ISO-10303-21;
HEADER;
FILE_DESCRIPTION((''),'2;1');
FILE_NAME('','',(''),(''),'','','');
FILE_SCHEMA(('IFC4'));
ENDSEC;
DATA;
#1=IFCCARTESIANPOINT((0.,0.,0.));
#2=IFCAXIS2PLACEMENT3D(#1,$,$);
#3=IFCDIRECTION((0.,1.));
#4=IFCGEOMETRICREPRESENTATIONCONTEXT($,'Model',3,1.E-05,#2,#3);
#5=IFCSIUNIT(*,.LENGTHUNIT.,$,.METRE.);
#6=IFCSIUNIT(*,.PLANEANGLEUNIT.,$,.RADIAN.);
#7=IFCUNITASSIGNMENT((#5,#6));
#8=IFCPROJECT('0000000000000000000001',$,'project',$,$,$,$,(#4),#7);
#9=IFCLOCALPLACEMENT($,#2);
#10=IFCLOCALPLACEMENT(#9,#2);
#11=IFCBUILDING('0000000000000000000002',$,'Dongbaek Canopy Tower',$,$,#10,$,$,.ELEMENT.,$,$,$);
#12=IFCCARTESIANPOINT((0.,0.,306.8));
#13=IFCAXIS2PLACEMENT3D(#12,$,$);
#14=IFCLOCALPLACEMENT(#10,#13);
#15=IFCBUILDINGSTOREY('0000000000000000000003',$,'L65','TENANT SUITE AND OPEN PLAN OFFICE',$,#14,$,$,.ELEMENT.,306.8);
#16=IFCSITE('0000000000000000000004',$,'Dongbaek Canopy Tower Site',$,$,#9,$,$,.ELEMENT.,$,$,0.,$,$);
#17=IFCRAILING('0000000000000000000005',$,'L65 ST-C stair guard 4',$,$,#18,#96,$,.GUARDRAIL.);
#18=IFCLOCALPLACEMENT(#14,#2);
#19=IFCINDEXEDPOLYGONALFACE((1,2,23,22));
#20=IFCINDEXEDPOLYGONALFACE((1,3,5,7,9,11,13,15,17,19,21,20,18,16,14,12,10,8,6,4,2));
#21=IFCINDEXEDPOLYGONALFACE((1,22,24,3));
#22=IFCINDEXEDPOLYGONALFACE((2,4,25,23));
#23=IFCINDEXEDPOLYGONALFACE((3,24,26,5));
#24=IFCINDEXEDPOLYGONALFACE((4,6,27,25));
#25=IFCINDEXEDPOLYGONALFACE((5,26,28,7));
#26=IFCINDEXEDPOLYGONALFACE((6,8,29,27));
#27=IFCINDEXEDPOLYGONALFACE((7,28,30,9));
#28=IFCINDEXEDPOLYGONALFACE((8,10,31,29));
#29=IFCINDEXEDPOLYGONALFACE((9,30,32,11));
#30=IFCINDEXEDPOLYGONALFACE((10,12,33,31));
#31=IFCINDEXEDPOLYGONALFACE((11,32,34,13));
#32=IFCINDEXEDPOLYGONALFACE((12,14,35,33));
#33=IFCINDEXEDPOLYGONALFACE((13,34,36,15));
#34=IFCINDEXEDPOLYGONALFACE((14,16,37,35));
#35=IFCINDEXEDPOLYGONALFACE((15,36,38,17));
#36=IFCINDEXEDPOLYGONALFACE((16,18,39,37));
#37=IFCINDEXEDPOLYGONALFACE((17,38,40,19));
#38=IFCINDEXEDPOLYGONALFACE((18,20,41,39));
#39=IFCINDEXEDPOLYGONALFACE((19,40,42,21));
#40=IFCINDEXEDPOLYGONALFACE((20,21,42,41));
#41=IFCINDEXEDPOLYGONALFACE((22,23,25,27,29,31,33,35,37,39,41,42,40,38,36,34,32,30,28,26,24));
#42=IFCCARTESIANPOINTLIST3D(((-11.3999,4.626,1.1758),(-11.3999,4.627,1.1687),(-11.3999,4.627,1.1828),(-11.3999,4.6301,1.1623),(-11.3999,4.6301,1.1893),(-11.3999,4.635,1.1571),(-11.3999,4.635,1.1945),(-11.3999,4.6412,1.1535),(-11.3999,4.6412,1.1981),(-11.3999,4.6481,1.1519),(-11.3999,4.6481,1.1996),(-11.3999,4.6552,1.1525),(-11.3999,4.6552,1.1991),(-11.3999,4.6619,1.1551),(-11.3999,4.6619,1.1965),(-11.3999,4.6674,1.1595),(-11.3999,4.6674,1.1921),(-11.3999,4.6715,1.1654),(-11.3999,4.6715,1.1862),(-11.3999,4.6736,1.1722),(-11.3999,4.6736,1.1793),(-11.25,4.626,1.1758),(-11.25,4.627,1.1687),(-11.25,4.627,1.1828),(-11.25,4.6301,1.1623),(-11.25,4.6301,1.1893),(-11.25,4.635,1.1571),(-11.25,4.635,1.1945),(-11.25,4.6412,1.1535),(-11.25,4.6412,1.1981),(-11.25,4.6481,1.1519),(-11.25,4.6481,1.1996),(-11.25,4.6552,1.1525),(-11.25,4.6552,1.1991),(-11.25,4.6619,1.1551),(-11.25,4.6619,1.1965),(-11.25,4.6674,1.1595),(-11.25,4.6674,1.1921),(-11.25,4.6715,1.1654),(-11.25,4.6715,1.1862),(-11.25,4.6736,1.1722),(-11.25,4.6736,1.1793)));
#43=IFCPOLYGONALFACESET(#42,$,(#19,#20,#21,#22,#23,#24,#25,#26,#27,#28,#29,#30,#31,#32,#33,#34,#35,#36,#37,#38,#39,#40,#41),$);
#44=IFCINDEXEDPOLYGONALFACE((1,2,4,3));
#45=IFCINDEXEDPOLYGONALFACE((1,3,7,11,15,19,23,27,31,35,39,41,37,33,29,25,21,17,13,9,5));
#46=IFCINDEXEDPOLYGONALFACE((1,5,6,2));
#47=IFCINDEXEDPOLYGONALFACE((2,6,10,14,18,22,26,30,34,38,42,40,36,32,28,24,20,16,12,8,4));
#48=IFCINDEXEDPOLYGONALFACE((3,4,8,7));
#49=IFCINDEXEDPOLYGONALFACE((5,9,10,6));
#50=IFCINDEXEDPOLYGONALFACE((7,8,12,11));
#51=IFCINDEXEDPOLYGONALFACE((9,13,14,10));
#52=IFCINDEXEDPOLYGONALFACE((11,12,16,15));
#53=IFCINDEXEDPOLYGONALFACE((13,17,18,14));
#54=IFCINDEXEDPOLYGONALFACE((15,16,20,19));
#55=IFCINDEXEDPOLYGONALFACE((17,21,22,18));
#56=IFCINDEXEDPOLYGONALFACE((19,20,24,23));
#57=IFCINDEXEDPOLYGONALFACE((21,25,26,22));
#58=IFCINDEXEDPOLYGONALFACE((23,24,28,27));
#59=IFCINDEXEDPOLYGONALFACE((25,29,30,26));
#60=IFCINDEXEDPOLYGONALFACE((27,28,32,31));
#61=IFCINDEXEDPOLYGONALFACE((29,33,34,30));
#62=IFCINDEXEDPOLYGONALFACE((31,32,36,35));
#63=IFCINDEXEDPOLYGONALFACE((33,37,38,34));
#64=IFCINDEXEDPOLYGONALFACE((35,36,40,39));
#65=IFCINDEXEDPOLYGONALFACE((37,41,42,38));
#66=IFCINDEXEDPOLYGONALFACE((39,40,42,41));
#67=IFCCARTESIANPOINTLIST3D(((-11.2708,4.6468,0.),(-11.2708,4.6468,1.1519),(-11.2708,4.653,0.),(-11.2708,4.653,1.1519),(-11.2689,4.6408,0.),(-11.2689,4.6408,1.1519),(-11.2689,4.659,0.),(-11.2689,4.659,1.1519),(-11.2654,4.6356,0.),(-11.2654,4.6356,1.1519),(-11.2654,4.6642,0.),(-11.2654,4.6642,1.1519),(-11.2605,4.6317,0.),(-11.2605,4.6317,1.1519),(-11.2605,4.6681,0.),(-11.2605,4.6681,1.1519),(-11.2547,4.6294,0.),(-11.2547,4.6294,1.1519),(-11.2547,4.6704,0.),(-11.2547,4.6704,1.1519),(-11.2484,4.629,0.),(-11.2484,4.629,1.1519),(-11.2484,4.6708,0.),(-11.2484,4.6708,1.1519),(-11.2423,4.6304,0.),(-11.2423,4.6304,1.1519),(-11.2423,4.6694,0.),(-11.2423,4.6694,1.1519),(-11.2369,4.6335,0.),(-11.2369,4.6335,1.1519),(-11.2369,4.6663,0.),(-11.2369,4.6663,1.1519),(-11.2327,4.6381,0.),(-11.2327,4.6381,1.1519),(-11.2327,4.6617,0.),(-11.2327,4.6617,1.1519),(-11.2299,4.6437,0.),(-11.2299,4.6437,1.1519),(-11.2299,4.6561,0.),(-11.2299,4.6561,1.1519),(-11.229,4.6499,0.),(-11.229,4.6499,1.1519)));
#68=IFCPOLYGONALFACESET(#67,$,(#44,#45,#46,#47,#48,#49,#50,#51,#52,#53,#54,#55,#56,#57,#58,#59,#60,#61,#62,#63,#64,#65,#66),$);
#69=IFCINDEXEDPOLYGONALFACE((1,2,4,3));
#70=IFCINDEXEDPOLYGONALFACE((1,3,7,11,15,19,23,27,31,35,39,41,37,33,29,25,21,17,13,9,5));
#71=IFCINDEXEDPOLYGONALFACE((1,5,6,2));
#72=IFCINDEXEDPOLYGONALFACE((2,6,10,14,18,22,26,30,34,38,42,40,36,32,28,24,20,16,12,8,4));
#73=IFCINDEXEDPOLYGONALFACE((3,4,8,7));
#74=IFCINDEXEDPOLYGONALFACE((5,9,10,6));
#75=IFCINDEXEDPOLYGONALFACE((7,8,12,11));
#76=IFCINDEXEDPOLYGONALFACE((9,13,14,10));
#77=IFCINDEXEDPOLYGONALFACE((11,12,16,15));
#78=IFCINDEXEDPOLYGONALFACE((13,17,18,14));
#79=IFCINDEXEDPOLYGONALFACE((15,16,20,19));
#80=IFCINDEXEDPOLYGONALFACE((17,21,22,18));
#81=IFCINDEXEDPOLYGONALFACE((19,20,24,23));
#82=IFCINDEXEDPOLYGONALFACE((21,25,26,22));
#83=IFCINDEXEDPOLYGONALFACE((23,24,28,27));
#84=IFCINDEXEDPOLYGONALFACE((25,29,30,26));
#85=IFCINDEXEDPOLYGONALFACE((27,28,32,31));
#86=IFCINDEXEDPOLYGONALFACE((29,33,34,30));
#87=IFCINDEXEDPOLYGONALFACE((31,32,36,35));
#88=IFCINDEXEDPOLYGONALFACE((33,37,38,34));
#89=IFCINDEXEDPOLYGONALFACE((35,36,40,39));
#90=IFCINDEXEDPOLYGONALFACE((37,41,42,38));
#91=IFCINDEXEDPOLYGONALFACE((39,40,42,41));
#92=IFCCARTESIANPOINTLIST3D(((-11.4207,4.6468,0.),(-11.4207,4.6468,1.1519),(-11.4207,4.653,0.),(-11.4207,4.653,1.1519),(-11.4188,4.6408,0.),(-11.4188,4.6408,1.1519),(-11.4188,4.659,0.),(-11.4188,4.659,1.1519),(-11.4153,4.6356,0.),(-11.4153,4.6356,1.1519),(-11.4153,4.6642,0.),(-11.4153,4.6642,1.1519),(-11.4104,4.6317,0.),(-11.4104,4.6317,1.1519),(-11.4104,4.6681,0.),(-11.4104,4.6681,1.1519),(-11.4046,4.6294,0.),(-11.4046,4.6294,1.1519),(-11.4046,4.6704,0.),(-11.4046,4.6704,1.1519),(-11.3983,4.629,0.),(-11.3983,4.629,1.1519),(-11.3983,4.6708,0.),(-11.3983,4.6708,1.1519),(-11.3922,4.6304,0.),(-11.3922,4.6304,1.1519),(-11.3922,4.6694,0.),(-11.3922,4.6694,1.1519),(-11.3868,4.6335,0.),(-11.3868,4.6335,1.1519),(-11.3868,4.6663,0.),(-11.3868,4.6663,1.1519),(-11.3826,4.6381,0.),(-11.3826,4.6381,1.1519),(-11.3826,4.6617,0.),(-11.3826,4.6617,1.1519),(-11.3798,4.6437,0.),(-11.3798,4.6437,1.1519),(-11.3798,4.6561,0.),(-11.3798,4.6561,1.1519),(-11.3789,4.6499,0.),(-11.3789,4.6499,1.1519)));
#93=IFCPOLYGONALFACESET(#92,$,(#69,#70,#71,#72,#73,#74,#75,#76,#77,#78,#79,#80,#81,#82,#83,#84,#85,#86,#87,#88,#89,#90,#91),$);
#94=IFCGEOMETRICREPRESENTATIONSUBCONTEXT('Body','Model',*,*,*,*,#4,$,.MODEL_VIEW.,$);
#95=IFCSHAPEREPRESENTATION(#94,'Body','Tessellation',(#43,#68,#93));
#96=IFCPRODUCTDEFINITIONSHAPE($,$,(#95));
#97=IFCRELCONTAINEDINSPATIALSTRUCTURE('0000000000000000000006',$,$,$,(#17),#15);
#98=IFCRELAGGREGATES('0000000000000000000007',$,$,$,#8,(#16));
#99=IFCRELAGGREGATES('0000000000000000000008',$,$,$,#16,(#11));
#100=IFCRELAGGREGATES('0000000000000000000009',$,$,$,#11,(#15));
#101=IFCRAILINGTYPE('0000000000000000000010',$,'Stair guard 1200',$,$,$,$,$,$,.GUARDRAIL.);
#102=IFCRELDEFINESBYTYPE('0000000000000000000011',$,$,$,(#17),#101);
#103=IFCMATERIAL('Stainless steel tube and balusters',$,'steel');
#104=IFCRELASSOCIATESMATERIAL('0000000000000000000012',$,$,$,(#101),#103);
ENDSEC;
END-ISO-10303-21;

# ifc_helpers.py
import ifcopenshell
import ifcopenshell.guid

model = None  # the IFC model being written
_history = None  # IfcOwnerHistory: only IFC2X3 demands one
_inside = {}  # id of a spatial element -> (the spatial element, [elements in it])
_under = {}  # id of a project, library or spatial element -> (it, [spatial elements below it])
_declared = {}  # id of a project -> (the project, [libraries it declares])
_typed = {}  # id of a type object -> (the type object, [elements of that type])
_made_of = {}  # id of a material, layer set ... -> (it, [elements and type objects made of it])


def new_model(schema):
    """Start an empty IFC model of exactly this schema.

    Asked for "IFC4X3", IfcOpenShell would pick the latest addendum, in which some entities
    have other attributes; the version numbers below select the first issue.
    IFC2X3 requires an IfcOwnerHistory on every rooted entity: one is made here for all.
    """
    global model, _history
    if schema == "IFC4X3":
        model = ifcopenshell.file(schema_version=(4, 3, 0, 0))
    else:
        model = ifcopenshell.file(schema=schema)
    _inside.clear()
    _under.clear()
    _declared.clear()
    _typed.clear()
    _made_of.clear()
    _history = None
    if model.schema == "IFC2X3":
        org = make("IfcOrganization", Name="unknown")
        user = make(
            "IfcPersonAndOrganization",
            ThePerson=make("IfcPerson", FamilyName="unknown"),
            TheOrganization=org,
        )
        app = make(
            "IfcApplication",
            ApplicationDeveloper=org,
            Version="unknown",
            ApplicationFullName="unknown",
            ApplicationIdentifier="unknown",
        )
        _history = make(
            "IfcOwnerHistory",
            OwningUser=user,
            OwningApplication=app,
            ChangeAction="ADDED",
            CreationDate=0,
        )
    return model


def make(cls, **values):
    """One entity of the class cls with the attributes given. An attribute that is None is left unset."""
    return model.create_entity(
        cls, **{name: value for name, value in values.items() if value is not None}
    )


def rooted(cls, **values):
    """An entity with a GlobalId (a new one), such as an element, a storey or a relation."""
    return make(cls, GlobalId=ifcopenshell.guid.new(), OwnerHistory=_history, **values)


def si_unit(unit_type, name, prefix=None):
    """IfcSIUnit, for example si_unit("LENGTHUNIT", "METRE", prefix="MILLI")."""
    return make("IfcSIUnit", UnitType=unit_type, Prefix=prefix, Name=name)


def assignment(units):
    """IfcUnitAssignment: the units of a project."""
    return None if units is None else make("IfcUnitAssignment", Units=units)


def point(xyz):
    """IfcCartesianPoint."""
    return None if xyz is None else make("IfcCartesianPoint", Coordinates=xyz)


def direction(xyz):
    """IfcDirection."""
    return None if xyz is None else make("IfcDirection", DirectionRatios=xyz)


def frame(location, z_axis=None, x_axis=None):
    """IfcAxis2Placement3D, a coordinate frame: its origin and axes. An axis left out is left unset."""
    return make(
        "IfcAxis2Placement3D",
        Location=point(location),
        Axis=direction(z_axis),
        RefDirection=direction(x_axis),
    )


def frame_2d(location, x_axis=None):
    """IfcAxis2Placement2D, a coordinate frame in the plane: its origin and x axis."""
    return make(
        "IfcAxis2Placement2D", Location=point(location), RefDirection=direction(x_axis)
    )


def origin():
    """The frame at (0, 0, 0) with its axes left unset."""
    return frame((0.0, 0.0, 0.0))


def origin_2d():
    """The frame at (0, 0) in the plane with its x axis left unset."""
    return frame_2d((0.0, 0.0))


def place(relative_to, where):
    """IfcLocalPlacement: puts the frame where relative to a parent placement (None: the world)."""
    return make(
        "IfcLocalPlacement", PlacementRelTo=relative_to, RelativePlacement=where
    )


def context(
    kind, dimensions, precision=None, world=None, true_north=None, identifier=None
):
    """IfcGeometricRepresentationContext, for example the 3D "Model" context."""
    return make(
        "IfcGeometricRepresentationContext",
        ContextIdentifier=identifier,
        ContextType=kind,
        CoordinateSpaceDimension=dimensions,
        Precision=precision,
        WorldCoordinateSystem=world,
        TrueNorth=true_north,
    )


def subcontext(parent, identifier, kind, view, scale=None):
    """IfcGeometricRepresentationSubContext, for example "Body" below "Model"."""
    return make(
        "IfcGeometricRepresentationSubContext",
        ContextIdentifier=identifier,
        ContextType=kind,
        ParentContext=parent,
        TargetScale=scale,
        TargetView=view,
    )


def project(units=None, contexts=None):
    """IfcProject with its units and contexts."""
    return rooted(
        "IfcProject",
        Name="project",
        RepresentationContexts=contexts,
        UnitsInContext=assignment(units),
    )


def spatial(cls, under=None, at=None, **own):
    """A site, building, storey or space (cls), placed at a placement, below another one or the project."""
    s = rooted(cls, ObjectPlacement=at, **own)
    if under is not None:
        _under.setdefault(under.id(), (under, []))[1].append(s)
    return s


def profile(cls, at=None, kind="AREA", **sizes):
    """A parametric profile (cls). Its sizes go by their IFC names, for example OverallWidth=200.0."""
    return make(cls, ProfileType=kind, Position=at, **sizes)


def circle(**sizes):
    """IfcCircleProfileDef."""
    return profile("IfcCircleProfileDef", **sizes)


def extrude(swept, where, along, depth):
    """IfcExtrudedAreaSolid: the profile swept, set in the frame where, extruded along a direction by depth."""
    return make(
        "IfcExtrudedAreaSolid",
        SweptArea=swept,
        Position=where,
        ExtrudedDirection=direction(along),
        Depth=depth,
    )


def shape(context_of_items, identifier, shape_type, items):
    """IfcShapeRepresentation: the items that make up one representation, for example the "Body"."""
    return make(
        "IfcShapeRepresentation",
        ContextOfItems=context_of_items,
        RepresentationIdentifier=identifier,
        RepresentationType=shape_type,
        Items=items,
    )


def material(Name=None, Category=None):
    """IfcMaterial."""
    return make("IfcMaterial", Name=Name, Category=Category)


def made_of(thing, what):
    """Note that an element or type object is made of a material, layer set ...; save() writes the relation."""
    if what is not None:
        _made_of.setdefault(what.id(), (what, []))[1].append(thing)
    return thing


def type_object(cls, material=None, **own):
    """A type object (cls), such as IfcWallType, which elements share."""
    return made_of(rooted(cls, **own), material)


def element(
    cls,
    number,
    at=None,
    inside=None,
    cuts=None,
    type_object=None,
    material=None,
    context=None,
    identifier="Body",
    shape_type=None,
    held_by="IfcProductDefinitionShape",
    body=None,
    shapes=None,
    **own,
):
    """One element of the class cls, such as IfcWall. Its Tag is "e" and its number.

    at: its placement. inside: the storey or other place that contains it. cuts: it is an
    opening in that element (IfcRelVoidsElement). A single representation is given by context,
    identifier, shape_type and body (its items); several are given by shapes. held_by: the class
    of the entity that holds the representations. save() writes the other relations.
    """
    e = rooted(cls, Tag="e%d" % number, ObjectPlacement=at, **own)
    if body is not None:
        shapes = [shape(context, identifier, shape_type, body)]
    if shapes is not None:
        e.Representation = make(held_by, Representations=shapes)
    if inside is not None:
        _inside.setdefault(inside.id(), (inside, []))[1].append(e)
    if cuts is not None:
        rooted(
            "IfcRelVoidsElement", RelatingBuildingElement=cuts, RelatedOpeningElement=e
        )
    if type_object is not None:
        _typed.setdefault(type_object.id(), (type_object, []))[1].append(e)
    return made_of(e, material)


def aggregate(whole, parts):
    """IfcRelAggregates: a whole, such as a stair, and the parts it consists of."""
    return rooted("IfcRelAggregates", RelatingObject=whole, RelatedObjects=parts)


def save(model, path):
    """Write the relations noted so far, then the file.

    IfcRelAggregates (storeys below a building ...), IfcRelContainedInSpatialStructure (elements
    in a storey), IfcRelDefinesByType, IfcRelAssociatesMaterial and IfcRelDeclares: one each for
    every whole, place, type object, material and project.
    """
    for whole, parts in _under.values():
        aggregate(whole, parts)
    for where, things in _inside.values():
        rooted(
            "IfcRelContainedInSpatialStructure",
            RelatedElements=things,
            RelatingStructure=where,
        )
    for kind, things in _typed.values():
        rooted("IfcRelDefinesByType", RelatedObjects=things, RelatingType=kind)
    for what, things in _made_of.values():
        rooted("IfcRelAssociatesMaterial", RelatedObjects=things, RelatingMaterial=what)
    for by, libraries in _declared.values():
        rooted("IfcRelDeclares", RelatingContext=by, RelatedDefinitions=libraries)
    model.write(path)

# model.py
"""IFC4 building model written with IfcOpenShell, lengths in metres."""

from ifc_helpers import new_model, si_unit, direction, frame, origin, origin_2d, place, context, subcontext, project, spatial, circle, extrude, material, type_object, element, save


model = new_model("IFC4")

# Units and contexts
model_context = context("Model", 3, precision=1e-05, world=origin(), true_north=direction((0.0, 1.0)))
body_context = subcontext(model_context, "Body", "Model", "MODEL_VIEW")
ifc_project = project(units=[si_unit("LENGTHUNIT", "METRE"), si_unit("PLANEANGLEUNIT", "RADIAN")], contexts=[model_context])

# Site, building, storey
site_placement = place(None, origin())
site = spatial("IfcSite", under=ifc_project, at=site_placement, Name="Dongbaek Canopy Tower Site", CompositionType="ELEMENT", RefElevation=0.0)
building_placement = place(site_placement, origin())
building = spatial("IfcBuilding", under=site, at=building_placement, Name="Dongbaek Canopy Tower", CompositionType="ELEMENT")
storey_placement = place(building_placement, frame((0.0, 0.0, 306.8)))
storey = spatial("IfcBuildingStorey", under=building, at=storey_placement, Name="L65", Description="TENANT SUITE AND OPEN PLAN OFFICE", CompositionType="ELEMENT", Elevation=306.8)

# Railing
ifc_material_1 = material(Name="Stainless steel tube and balusters", Category="steel")
railing_type_1 = type_object("IfcRailingType", Name="Stair guard 1200", PredefinedType="GUARDRAIL", material=ifc_material_1)
railing_1_placement = place(storey_placement, frame((-11.25, 4.6499, 0.0)))
element("IfcRailing", 1, at=railing_1_placement, inside=storey, type_object=railing_type_1, Name="L65 ST-C stair guard 4", PredefinedType="GUARDRAIL", context=body_context, shape_type="SweptSolid", body=[
    extrude(circle(Radius=0.0239, at=origin_2d()), frame((0.0, 0.0, 1.1758), z_axis=(-1.0, 0.0, 0.0), x_axis=(0.0, -1.0, 0.0)), (0.0, 0.0, 1.0), 0.1499),
    extrude(circle(Radius=0.021, at=origin_2d()), origin(), (0.0, 0.0, 1.0), 1.1519),
    extrude(circle(Radius=0.021, at=origin_2d()), frame((-0.1499, 0.0, 0.0)), (0.0, 0.0, 1.0), 1.1519),
])

save(model, "model.ifc")
